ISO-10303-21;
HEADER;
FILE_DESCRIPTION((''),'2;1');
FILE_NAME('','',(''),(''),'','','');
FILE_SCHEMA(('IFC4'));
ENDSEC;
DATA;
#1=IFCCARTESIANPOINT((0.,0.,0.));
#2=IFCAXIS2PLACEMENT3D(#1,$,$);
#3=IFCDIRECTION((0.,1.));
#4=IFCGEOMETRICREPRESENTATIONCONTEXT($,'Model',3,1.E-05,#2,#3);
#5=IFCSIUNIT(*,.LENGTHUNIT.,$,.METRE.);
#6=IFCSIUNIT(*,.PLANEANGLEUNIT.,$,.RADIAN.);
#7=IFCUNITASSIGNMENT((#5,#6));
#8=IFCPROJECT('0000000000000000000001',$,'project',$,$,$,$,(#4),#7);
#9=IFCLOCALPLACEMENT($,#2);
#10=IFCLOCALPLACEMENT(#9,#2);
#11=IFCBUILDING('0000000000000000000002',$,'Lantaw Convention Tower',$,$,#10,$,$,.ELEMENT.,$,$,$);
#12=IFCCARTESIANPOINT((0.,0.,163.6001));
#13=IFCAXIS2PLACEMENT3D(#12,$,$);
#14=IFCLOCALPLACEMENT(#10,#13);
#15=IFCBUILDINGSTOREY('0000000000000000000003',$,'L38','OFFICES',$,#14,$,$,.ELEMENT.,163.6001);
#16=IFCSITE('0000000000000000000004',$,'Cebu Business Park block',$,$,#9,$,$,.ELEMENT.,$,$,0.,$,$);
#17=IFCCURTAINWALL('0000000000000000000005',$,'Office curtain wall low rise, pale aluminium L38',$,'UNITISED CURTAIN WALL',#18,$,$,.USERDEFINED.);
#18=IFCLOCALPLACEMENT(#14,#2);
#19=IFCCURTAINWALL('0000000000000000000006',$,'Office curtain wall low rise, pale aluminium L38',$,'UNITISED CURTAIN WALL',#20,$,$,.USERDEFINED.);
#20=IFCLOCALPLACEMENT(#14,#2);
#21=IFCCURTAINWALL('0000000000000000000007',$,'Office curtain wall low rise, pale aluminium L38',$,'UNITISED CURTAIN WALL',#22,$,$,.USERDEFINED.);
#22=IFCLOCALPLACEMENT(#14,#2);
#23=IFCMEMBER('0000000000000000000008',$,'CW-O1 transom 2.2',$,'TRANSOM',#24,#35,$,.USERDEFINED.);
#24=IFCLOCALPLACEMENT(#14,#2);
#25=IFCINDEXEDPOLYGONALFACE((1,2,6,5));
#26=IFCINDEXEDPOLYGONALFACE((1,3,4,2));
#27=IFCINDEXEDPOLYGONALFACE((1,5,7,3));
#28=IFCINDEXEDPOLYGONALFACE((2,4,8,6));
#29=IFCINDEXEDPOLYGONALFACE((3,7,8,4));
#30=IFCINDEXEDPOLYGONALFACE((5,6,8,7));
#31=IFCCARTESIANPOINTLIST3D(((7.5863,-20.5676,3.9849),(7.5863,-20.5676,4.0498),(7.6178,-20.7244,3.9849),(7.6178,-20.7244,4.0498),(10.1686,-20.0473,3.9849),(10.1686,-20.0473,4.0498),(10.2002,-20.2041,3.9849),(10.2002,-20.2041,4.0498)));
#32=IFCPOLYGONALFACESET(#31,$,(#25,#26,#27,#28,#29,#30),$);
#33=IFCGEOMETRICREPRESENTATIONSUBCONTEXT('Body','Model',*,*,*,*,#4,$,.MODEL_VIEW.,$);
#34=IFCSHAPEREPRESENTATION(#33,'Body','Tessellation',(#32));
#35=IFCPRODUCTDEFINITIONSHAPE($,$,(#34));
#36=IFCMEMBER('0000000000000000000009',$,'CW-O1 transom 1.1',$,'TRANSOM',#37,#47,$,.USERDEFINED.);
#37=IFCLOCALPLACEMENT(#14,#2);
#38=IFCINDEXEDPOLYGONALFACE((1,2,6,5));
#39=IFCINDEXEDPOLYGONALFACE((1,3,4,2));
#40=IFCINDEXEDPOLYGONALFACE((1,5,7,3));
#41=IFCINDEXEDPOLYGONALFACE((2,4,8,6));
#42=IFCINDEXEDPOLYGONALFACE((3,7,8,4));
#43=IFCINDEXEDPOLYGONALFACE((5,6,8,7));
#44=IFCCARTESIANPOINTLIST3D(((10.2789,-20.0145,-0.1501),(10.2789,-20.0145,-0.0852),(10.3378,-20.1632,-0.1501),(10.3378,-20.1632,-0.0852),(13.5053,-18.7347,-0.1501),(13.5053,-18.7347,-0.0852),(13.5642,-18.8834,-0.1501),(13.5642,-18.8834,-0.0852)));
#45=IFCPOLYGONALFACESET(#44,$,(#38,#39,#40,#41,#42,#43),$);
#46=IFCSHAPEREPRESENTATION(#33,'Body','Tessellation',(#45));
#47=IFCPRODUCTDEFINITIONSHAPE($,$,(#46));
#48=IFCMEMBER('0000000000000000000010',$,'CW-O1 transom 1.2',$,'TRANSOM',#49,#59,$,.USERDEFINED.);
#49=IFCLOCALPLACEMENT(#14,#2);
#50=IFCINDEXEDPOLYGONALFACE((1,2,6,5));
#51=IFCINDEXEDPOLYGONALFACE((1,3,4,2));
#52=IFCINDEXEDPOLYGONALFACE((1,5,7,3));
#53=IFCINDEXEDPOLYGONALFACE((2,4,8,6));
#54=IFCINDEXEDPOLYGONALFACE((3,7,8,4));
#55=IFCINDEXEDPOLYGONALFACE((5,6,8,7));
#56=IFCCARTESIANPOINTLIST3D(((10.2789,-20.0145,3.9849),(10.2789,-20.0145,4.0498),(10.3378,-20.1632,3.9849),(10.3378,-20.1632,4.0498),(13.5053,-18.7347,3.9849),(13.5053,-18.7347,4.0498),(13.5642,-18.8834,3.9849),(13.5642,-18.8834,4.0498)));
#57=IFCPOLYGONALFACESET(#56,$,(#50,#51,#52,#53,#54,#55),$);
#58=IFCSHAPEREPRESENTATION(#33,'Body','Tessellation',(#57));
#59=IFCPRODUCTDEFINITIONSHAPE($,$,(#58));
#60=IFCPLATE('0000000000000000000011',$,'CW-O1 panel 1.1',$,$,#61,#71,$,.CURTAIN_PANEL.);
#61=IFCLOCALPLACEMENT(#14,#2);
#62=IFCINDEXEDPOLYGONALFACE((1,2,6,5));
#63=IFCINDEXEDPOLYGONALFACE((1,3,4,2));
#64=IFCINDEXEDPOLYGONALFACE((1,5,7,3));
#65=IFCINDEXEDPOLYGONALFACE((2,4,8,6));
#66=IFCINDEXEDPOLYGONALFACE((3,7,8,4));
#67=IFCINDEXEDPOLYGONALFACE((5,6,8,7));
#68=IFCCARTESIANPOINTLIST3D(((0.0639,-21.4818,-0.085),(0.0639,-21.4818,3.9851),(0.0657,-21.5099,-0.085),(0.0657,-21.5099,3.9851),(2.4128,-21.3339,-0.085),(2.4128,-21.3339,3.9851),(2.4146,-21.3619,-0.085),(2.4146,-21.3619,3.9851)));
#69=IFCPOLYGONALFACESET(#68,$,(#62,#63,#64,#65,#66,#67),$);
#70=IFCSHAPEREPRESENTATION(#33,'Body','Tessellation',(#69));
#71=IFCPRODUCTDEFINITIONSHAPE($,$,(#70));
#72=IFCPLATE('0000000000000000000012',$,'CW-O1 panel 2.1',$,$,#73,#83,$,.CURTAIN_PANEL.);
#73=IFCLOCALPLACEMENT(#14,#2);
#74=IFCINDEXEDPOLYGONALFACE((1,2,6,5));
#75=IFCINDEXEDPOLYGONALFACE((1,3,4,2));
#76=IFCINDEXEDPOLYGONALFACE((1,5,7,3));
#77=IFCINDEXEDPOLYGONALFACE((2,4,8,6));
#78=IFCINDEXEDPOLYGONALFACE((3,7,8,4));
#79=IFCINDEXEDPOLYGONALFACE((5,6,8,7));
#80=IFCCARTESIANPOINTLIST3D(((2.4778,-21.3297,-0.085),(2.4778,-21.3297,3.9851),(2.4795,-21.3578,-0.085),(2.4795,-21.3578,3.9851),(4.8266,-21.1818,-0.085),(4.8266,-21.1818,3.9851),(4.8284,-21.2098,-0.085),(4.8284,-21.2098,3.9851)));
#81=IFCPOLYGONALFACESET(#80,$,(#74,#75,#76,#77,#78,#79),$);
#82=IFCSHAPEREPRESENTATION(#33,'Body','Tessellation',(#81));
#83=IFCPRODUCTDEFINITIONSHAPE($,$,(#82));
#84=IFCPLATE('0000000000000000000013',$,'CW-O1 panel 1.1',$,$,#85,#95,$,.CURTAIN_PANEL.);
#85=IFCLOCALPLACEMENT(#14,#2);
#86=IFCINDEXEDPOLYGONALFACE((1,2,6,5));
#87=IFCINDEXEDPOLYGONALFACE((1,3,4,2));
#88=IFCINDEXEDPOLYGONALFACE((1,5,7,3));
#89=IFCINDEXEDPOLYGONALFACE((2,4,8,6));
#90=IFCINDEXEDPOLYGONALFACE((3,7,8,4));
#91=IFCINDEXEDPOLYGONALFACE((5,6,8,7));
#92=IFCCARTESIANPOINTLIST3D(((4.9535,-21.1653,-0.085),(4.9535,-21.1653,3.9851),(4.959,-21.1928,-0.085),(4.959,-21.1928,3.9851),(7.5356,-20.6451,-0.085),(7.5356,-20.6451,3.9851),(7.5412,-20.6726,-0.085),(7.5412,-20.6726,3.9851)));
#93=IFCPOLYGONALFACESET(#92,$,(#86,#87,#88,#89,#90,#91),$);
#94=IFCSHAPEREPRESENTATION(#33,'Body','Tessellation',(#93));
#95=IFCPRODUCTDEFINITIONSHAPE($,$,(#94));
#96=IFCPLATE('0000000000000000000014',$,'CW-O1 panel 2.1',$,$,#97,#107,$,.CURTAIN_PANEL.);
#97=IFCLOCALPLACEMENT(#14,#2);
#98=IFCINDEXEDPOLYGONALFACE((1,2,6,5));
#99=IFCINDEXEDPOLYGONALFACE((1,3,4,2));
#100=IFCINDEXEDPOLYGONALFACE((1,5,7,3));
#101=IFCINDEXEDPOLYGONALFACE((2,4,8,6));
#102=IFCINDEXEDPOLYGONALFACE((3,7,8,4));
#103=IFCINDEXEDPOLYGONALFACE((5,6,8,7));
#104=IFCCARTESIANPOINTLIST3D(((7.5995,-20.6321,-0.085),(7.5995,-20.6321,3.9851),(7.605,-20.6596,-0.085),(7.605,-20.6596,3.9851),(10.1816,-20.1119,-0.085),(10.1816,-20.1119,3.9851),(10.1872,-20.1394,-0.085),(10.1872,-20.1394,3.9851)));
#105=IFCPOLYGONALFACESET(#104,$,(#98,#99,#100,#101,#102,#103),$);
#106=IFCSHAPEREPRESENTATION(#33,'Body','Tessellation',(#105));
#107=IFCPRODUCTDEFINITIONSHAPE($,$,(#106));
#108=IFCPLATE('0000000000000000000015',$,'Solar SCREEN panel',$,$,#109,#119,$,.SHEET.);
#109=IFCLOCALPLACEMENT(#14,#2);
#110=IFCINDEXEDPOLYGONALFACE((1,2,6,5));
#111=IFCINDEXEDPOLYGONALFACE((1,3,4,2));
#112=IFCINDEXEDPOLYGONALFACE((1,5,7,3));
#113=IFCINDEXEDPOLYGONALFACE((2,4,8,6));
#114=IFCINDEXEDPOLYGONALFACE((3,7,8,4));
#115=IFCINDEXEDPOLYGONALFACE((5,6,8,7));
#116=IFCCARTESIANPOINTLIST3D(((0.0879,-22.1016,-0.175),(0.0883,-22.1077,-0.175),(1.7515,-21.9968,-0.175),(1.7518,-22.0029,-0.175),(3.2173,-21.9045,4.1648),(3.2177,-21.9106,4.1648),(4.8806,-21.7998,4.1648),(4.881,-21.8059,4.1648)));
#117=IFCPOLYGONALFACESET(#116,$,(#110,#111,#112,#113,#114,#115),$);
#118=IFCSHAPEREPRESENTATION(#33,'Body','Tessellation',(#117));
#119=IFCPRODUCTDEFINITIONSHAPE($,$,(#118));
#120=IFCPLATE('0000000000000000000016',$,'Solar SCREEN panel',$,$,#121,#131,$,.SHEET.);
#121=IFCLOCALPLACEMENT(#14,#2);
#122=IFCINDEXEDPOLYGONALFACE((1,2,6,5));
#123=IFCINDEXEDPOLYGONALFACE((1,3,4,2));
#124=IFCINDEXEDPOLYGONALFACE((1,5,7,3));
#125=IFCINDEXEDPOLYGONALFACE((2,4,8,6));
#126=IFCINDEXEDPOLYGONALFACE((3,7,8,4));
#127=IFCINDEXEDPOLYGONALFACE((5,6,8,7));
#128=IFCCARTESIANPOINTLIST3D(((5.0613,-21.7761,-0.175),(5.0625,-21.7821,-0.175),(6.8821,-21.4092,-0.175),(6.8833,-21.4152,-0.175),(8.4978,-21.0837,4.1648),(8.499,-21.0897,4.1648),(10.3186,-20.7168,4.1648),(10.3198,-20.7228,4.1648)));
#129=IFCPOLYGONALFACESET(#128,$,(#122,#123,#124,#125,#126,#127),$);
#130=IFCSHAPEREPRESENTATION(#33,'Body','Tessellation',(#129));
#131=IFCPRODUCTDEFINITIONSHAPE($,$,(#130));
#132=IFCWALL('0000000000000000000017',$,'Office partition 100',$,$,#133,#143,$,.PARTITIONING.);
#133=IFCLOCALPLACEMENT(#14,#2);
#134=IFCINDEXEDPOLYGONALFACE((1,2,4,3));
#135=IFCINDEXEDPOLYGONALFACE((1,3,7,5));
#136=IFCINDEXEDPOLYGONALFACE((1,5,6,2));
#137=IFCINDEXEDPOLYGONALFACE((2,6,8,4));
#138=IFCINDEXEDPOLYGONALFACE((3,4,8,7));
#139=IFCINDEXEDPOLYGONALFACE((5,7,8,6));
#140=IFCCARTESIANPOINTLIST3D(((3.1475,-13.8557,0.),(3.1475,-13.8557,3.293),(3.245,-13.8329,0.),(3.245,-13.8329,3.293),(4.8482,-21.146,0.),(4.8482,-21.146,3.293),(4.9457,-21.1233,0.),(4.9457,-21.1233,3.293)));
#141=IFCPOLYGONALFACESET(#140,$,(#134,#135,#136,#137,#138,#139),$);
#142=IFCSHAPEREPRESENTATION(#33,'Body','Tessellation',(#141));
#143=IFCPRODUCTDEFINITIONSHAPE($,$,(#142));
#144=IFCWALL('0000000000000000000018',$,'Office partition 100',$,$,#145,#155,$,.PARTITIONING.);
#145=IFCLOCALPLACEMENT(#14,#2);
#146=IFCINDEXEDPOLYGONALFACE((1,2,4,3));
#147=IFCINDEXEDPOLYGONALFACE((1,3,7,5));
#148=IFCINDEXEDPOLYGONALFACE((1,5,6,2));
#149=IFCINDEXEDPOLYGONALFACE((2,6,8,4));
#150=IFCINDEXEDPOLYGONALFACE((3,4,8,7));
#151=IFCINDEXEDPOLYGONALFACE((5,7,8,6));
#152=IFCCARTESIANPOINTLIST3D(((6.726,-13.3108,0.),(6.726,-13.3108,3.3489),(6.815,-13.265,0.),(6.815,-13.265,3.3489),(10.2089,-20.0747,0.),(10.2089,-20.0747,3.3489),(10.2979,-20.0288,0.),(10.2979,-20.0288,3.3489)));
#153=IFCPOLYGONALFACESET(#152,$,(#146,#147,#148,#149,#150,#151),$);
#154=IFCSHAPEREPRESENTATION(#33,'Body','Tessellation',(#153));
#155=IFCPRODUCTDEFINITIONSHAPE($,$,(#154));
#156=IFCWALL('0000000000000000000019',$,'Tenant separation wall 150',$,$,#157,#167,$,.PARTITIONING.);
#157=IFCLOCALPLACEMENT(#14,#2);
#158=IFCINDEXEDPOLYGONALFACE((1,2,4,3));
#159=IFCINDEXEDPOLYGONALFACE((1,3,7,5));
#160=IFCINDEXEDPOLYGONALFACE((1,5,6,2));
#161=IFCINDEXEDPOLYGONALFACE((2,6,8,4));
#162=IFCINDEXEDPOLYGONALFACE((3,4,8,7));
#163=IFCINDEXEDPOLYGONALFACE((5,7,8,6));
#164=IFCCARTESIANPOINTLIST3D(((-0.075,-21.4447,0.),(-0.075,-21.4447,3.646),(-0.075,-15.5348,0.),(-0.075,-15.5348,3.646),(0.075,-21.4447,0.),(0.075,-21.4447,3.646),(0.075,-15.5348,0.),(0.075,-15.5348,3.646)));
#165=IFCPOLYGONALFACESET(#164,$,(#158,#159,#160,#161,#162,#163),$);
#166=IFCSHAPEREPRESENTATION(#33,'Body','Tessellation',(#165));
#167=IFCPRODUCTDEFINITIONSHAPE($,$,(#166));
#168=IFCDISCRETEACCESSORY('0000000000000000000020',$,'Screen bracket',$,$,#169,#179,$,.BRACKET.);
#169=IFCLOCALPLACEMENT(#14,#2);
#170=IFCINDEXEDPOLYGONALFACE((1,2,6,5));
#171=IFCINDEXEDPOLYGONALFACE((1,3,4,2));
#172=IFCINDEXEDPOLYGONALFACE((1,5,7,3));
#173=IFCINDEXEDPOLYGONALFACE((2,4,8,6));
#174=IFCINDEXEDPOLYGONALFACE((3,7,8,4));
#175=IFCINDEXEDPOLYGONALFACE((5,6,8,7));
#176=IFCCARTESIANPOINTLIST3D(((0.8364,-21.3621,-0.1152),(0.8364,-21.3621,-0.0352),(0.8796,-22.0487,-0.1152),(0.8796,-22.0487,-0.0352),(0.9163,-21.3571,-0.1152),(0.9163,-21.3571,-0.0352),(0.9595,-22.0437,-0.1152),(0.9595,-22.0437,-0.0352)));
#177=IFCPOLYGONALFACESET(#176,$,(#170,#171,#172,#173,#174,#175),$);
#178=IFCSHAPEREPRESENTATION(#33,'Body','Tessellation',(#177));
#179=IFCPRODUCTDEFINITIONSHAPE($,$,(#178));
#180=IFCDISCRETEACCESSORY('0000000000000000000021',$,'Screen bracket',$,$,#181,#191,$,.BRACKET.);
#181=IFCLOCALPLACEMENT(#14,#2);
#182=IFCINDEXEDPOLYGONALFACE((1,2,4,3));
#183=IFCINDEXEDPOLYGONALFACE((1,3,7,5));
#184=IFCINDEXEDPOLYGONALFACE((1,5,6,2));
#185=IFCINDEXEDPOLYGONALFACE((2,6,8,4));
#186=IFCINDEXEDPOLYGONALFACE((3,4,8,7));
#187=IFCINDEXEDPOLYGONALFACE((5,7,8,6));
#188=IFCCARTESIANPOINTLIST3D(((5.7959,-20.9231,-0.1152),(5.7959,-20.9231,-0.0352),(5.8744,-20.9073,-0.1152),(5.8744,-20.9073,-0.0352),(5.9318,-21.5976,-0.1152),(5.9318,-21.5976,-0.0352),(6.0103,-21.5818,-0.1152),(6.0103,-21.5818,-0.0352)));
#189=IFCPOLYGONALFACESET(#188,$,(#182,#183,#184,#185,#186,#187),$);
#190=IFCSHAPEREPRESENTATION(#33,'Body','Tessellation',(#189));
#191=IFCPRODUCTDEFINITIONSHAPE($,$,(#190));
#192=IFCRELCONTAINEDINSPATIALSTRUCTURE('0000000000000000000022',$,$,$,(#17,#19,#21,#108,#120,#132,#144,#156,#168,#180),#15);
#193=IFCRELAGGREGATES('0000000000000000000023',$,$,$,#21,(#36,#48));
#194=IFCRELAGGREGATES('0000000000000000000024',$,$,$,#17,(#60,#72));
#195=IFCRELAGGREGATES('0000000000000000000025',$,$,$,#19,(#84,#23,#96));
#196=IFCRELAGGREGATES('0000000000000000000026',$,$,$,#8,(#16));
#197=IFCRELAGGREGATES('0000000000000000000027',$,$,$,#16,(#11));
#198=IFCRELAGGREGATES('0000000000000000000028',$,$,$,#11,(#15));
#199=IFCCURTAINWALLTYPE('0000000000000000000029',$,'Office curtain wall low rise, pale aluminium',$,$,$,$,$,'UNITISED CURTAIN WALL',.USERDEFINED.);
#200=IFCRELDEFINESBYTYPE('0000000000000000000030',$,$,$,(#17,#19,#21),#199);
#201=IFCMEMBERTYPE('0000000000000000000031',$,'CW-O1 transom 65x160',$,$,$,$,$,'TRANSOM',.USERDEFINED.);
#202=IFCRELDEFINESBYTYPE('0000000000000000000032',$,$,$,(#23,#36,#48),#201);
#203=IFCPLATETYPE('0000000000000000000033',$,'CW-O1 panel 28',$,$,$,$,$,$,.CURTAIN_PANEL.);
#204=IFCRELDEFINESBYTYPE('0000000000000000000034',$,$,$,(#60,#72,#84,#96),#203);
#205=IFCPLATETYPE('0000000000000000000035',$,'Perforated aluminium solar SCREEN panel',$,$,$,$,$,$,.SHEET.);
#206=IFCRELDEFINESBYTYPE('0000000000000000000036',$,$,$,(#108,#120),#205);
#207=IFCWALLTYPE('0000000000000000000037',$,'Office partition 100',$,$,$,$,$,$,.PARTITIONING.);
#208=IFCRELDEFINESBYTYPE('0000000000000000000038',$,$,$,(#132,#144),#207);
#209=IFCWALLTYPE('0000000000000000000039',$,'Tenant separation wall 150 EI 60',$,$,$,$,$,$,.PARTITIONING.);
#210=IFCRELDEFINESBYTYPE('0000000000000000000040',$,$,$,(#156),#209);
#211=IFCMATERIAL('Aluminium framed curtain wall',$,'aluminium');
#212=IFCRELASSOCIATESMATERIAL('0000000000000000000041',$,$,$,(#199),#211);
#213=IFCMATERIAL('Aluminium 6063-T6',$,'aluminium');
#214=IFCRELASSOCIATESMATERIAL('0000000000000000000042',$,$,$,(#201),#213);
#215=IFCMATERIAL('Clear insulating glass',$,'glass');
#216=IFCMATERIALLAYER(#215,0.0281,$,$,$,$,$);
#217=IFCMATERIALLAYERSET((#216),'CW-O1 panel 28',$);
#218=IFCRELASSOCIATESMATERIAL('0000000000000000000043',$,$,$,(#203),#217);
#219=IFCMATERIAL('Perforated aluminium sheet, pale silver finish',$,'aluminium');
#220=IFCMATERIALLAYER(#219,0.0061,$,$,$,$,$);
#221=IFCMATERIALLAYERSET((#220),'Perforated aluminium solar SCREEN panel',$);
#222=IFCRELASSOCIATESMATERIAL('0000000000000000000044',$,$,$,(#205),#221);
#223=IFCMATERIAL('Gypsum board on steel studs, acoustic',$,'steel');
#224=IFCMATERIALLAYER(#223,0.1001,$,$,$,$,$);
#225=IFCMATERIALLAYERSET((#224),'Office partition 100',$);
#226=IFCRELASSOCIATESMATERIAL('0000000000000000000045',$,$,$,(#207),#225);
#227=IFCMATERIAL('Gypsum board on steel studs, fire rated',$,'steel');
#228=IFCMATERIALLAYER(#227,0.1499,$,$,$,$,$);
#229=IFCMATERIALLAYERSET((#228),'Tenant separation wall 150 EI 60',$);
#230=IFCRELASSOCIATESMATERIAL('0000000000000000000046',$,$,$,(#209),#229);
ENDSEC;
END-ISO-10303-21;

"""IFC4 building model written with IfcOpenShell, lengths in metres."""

from ifc_helpers import new_model, si_unit, direction, frame, frame_2d, origin, origin_2d, place, context, subcontext, project, spatial, polyline, rectangle, outline, extrude, material, layer, layer_set, material_profile, profile_set, type_object, element, aggregate, save


model = new_model("IFC4")

# Units and contexts
model_context = context("Model", 3, precision=1e-05, world=origin(), true_north=direction((0.0, 1.0)))
body_context = subcontext(model_context, "Body", "Model", "MODEL_VIEW")
ifc_project = project(units=[si_unit("LENGTHUNIT", "METRE"), si_unit("PLANEANGLEUNIT", "RADIAN")], contexts=[model_context])

# Site, building, storey
site_placement = place(None, origin())
site = spatial("IfcSite", under=ifc_project, at=site_placement, Name="Cebu Business Park block", CompositionType="ELEMENT", RefElevation=0.0)
building_placement = place(site_placement, origin())
building = spatial("IfcBuilding", under=site, at=building_placement, Name="Lantaw Convention Tower", CompositionType="ELEMENT")
storey_placement = place(building_placement, frame((0.0, 0.0, 163.6001)))
storey = spatial("IfcBuildingStorey", under=building, at=storey_placement, Name="L38", Description="OFFICES", CompositionType="ELEMENT", Elevation=163.6001)

# Curtain walls
ifc_material_1 = material(Name="Aluminium framed curtain wall", Category="aluminium")
curtain_wall_type = type_object("IfcCurtainWallType", Name="Office curtain wall low rise, pale aluminium", ElementType="UNITISED CURTAIN WALL", PredefinedType="USERDEFINED", material=ifc_material_1)
curtain_wall_1_placement = place(storey_placement, origin())
curtain_wall_1 = element("IfcCurtainWall", 1, at=curtain_wall_1_placement, inside=storey, type_object=curtain_wall_type, Name="Office curtain wall low rise, pale aluminium L38", ObjectType="UNITISED CURTAIN WALL", PredefinedType="USERDEFINED")
ifc_material_2 = material(Name="Aluminium 6063-T6", Category="aluminium")
curtain_wall_2_placement = place(storey_placement, origin())
curtain_wall_2 = element("IfcCurtainWall", 2, at=curtain_wall_2_placement, inside=storey, type_object=curtain_wall_type, Name="Office curtain wall low rise, pale aluminium L38", ObjectType="UNITISED CURTAIN WALL", PredefinedType="USERDEFINED")

# Curtain wall
curtain_wall_3_placement = place(storey_placement, origin())
curtain_wall_3 = element("IfcCurtainWall", 3, at=curtain_wall_3_placement, inside=storey, type_object=curtain_wall_type, Name="Office curtain wall low rise, pale aluminium L38", ObjectType="UNITISED CURTAIN WALL", PredefinedType="USERDEFINED")

# Members
ifc_material_profile_1 = material_profile(ifc_material_2, rectangle(XDim=0.1599, YDim=0.0649, at=origin_2d()), Name="CW-O1 transom 65x160")
ifc_profile_set_1 = profile_set([ifc_material_profile_1], Name="Aluminium 6063-T6")
member_type_1 = type_object("IfcMemberType", Name="CW-O1 transom 65x160", ElementType="TRANSOM", PredefinedType="USERDEFINED", material=ifc_profile_set_1)
member_1_placement = place(storey_placement, frame((7.6021, -20.646, 4.0173), z_axis=(0.980302, 0.197506, 0.0), x_axis=(-0.197506, 0.980302, 0.0)))
member_1 = element("IfcMember", 4, at=member_1_placement, type_object=member_type_1, Name="CW-O1 transom 2.2", ObjectType="TRANSOM", PredefinedType="USERDEFINED", context=body_context, shape_type="SweptSolid", body=[
    extrude(rectangle(XDim=0.1599, YDim=0.0649, at=origin_2d()), origin(), (0.0, 0.0, 1.0), 2.6343),
])
member_2_placement = place(storey_placement, frame((10.3083, -20.0889, -0.1177), z_axis=(0.92954, 0.368721, 0.0), x_axis=(-0.368721, 0.92954, 0.0)))
member_2 = element("IfcMember", 5, at=member_2_placement, type_object=member_type_1, Name="CW-O1 transom 1.1", ObjectType="TRANSOM", PredefinedType="USERDEFINED", context=body_context, shape_type="SweptSolid", body=[
    extrude(rectangle(XDim=0.1599, YDim=0.0649, at=origin_2d()), origin(), (0.0, 0.0, 1.0), 3.4709),
])
member_3_placement = place(storey_placement, frame((10.3083, -20.0889, 4.0173), z_axis=(0.92954, 0.368721, 0.0), x_axis=(-0.368721, 0.92954, 0.0)))
member_3 = element("IfcMember", 6, at=member_3_placement, type_object=member_type_1, Name="CW-O1 transom 1.2", ObjectType="TRANSOM", PredefinedType="USERDEFINED", context=body_context, shape_type="SweptSolid", body=[
    extrude(rectangle(XDim=0.1599, YDim=0.0649, at=origin_2d()), origin(), (0.0, 0.0, 1.0), 3.4709),
])
aggregate(curtain_wall_3, [member_2, member_3])

# Plates
ifc_material_3 = material(Name="Clear insulating glass", Category="glass")
ifc_layer_1 = layer(ifc_material_3, 0.0281)
ifc_layer_set_1 = layer_set([ifc_layer_1], Name="CW-O1 panel 28")
plate_type_1 = type_object("IfcPlateType", Name="CW-O1 panel 28", PredefinedType="CURTAIN_PANEL", material=ifc_layer_set_1)
plate_1_placement = place(storey_placement, frame((1.2393, -21.4219, -0.085), z_axis=(0.0, 0.0, 1.0), x_axis=(0.998022, 0.062865, 0.0)))
plate_1 = element("IfcPlate", 7, at=plate_1_placement, type_object=plate_type_1, Name="CW-O1 panel 1.1", PredefinedType="CURTAIN_PANEL", context=body_context, shape_type="SweptSolid", body=[
    extrude(rectangle(XDim=2.3535, YDim=0.0281, at=origin_2d()), origin(), (0.0, 0.0, 1.0), 4.0701),
])
plate_2_placement = place(storey_placement, frame((3.6531, -21.2698, -0.085), z_axis=(0.0, 0.0, 1.0), x_axis=(0.998022, 0.062865, 0.0)))
plate_2 = element("IfcPlate", 8, at=plate_2_placement, type_object=plate_type_1, Name="CW-O1 panel 2.1", PredefinedType="CURTAIN_PANEL", context=body_context, shape_type="SweptSolid", body=[
    extrude(rectangle(XDim=2.3535, YDim=0.0281, at=origin_2d()), origin(), (0.0, 0.0, 1.0), 4.0701),
])
aggregate(curtain_wall_1, [plate_1, plate_2])
plate_3_placement = place(storey_placement, frame((6.2473, -20.9189, -0.085), z_axis=(0.0, 0.0, 1.0), x_axis=(0.980302, 0.197507, 0.0)))
plate_3 = element("IfcPlate", 9, at=plate_3_placement, type_object=plate_type_1, Name="CW-O1 panel 1.1", PredefinedType="CURTAIN_PANEL", context=body_context, shape_type="SweptSolid", body=[
    extrude(rectangle(XDim=2.634, YDim=0.0281, at=origin_2d()), origin(), (0.0, 0.0, 1.0), 4.0701),
])
plate_4_placement = place(storey_placement, frame((8.8933, -20.3857, -0.085), z_axis=(0.0, 0.0, 1.0), x_axis=(0.980302, 0.197507, 0.0)))
plate_4 = element("IfcPlate", 10, at=plate_4_placement, type_object=plate_type_1, Name="CW-O1 panel 2.1", PredefinedType="CURTAIN_PANEL", context=body_context, shape_type="SweptSolid", body=[
    extrude(rectangle(XDim=2.634, YDim=0.0281, at=origin_2d()), origin(), (0.0, 0.0, 1.0), 4.0701),
])
aggregate(curtain_wall_2, [plate_3, member_1, plate_4])

# Plates
ifc_material_4 = material(Name="Perforated aluminium sheet, pale silver finish", Category="aluminium")
ifc_layer_2 = layer(ifc_material_4, 0.0061)
ifc_layer_set_2 = layer_set([ifc_layer_2], Name="Perforated aluminium solar SCREEN panel")
plate_type_2 = type_object("IfcPlateType", Name="Perforated aluminium solar SCREEN panel", PredefinedType="SHEET", material=ifc_layer_set_2)
plate_5_placement = place(storey_placement, frame((0.0879, -22.1016, -0.175), z_axis=(-0.062839, 0.998024, 0.000002), x_axis=(0.998024, 0.062839, 0.0)))
element("IfcPlate", 11, at=plate_5_placement, inside=storey, type_object=plate_type_2, Name="Solar SCREEN panel", PredefinedType="SHEET", context=body_context, shape_type="SweptSolid", body=[
    extrude(outline(polyline([(0.0, 0.0), (1.6669, 0.0), (4.8022, -4.3398), (3.1356, -4.3398), (0.0, 0.0)])), origin(), (0.0, 0.0, -1.0), 0.0061),
])
plate_6_placement = place(storey_placement, frame((5.0613, -21.7761, -0.175), z_axis=(-0.197557, 0.980291, 0.000039), x_axis=(0.980291, 0.197557, 0.0)))
element("IfcPlate", 12, at=plate_6_placement, inside=storey, type_object=plate_type_2, Name="Solar SCREEN panel", PredefinedType="SHEET", context=body_context, shape_type="SweptSolid", body=[
    extrude(outline(polyline([(0.0, 0.0), (1.8574, 0.0), (5.363, -4.3398), (3.5056, -4.3398), (0.0, 0.0)])), origin(), (0.0, 0.0, -1.0), 0.0061),
])

# Walls
ifc_material_5 = material(Name="Gypsum board on steel studs, acoustic", Category="steel")
ifc_layer_3 = layer(ifc_material_5, 0.1001)
ifc_layer_set_3 = layer_set([ifc_layer_3], Name="Office partition 100")
wall_type_1 = type_object("IfcWallType", Name="Office partition 100", PredefinedType="PARTITIONING", material=ifc_layer_set_3)
wall_1_placement = place(storey_placement, frame((4.897, -21.1348, 0.0), z_axis=(0.0, 0.0, 1.0), x_axis=(-0.227181, 0.973853, 0.0)))
element("IfcWall", 13, at=wall_1_placement, inside=storey, type_object=wall_type_1, Name="Office partition 100", PredefinedType="PARTITIONING", context=body_context, shape_type="SweptSolid", body=[
    extrude(rectangle(XDim=7.4861, YDim=0.1001, at=frame_2d((3.7432, 0.0))), origin(), (0.0, 0.0, 1.0), 3.293),
])
wall_2_placement = place(storey_placement, frame((10.2534, -20.0518, 0.0), z_axis=(0.0, 0.0, 1.0), x_axis=(-0.457798, 0.889056, 0.0)))
element("IfcWall", 14, at=wall_2_placement, inside=storey, type_object=wall_type_1, Name="Office partition 100", PredefinedType="PARTITIONING", context=body_context, shape_type="SweptSolid", body=[
    extrude(rectangle(XDim=7.6079, YDim=0.1001, at=frame_2d((3.804, 0.0))), origin(), (0.0, 0.0, 1.0), 3.3489),
])
ifc_material_6 = material(Name="Gypsum board on steel studs, fire rated", Category="steel")
ifc_layer_4 = layer(ifc_material_6, 0.1499)
ifc_layer_set_4 = layer_set([ifc_layer_4], Name="Tenant separation wall 150 EI 60")
wall_type_2 = type_object("IfcWallType", Name="Tenant separation wall 150 EI 60", PredefinedType="PARTITIONING", material=ifc_layer_set_4)
wall_3_placement = place(storey_placement, frame((0.0, -21.4448, 0.0), z_axis=(0.0, 0.0, 1.0), x_axis=(0.0, 1.0, 0.0)))
element("IfcWall", 15, at=wall_3_placement, inside=storey, type_object=wall_type_2, Name="Tenant separation wall 150", PredefinedType="PARTITIONING", context=body_context, shape_type="SweptSolid", body=[
    extrude(rectangle(XDim=5.9099, YDim=0.1499, at=frame_2d((2.9551, 0.0))), origin(), (0.0, 0.0, 1.0), 3.646),
])

# Discrete accessories
for number, where, z_axis, x_axis, name in (
    (16, (0.8979, -21.7029, -0.1152), (0.0, 0.0, 1.0), (0.998022, 0.062865, 0.0), "Screen bracket"),
    (17, (5.9031, -21.2524, -0.1152), (0.0, 0.0, 1.0), (0.980302, 0.197507, 0.0), "Screen bracket"),
):
    element("IfcDiscreteAccessory", number, at=place(storey_placement, frame(where, z_axis=z_axis, x_axis=x_axis)), inside=storey, Name=name, PredefinedType="BRACKET", context=body_context, shape_type="SweptSolid", body=[
        extrude(rectangle(XDim=0.0801, YDim=0.688, at=origin_2d()), origin(), (0.0, 0.0, 1.0), 0.0801),
    ])

save(model, "model.ifc")
